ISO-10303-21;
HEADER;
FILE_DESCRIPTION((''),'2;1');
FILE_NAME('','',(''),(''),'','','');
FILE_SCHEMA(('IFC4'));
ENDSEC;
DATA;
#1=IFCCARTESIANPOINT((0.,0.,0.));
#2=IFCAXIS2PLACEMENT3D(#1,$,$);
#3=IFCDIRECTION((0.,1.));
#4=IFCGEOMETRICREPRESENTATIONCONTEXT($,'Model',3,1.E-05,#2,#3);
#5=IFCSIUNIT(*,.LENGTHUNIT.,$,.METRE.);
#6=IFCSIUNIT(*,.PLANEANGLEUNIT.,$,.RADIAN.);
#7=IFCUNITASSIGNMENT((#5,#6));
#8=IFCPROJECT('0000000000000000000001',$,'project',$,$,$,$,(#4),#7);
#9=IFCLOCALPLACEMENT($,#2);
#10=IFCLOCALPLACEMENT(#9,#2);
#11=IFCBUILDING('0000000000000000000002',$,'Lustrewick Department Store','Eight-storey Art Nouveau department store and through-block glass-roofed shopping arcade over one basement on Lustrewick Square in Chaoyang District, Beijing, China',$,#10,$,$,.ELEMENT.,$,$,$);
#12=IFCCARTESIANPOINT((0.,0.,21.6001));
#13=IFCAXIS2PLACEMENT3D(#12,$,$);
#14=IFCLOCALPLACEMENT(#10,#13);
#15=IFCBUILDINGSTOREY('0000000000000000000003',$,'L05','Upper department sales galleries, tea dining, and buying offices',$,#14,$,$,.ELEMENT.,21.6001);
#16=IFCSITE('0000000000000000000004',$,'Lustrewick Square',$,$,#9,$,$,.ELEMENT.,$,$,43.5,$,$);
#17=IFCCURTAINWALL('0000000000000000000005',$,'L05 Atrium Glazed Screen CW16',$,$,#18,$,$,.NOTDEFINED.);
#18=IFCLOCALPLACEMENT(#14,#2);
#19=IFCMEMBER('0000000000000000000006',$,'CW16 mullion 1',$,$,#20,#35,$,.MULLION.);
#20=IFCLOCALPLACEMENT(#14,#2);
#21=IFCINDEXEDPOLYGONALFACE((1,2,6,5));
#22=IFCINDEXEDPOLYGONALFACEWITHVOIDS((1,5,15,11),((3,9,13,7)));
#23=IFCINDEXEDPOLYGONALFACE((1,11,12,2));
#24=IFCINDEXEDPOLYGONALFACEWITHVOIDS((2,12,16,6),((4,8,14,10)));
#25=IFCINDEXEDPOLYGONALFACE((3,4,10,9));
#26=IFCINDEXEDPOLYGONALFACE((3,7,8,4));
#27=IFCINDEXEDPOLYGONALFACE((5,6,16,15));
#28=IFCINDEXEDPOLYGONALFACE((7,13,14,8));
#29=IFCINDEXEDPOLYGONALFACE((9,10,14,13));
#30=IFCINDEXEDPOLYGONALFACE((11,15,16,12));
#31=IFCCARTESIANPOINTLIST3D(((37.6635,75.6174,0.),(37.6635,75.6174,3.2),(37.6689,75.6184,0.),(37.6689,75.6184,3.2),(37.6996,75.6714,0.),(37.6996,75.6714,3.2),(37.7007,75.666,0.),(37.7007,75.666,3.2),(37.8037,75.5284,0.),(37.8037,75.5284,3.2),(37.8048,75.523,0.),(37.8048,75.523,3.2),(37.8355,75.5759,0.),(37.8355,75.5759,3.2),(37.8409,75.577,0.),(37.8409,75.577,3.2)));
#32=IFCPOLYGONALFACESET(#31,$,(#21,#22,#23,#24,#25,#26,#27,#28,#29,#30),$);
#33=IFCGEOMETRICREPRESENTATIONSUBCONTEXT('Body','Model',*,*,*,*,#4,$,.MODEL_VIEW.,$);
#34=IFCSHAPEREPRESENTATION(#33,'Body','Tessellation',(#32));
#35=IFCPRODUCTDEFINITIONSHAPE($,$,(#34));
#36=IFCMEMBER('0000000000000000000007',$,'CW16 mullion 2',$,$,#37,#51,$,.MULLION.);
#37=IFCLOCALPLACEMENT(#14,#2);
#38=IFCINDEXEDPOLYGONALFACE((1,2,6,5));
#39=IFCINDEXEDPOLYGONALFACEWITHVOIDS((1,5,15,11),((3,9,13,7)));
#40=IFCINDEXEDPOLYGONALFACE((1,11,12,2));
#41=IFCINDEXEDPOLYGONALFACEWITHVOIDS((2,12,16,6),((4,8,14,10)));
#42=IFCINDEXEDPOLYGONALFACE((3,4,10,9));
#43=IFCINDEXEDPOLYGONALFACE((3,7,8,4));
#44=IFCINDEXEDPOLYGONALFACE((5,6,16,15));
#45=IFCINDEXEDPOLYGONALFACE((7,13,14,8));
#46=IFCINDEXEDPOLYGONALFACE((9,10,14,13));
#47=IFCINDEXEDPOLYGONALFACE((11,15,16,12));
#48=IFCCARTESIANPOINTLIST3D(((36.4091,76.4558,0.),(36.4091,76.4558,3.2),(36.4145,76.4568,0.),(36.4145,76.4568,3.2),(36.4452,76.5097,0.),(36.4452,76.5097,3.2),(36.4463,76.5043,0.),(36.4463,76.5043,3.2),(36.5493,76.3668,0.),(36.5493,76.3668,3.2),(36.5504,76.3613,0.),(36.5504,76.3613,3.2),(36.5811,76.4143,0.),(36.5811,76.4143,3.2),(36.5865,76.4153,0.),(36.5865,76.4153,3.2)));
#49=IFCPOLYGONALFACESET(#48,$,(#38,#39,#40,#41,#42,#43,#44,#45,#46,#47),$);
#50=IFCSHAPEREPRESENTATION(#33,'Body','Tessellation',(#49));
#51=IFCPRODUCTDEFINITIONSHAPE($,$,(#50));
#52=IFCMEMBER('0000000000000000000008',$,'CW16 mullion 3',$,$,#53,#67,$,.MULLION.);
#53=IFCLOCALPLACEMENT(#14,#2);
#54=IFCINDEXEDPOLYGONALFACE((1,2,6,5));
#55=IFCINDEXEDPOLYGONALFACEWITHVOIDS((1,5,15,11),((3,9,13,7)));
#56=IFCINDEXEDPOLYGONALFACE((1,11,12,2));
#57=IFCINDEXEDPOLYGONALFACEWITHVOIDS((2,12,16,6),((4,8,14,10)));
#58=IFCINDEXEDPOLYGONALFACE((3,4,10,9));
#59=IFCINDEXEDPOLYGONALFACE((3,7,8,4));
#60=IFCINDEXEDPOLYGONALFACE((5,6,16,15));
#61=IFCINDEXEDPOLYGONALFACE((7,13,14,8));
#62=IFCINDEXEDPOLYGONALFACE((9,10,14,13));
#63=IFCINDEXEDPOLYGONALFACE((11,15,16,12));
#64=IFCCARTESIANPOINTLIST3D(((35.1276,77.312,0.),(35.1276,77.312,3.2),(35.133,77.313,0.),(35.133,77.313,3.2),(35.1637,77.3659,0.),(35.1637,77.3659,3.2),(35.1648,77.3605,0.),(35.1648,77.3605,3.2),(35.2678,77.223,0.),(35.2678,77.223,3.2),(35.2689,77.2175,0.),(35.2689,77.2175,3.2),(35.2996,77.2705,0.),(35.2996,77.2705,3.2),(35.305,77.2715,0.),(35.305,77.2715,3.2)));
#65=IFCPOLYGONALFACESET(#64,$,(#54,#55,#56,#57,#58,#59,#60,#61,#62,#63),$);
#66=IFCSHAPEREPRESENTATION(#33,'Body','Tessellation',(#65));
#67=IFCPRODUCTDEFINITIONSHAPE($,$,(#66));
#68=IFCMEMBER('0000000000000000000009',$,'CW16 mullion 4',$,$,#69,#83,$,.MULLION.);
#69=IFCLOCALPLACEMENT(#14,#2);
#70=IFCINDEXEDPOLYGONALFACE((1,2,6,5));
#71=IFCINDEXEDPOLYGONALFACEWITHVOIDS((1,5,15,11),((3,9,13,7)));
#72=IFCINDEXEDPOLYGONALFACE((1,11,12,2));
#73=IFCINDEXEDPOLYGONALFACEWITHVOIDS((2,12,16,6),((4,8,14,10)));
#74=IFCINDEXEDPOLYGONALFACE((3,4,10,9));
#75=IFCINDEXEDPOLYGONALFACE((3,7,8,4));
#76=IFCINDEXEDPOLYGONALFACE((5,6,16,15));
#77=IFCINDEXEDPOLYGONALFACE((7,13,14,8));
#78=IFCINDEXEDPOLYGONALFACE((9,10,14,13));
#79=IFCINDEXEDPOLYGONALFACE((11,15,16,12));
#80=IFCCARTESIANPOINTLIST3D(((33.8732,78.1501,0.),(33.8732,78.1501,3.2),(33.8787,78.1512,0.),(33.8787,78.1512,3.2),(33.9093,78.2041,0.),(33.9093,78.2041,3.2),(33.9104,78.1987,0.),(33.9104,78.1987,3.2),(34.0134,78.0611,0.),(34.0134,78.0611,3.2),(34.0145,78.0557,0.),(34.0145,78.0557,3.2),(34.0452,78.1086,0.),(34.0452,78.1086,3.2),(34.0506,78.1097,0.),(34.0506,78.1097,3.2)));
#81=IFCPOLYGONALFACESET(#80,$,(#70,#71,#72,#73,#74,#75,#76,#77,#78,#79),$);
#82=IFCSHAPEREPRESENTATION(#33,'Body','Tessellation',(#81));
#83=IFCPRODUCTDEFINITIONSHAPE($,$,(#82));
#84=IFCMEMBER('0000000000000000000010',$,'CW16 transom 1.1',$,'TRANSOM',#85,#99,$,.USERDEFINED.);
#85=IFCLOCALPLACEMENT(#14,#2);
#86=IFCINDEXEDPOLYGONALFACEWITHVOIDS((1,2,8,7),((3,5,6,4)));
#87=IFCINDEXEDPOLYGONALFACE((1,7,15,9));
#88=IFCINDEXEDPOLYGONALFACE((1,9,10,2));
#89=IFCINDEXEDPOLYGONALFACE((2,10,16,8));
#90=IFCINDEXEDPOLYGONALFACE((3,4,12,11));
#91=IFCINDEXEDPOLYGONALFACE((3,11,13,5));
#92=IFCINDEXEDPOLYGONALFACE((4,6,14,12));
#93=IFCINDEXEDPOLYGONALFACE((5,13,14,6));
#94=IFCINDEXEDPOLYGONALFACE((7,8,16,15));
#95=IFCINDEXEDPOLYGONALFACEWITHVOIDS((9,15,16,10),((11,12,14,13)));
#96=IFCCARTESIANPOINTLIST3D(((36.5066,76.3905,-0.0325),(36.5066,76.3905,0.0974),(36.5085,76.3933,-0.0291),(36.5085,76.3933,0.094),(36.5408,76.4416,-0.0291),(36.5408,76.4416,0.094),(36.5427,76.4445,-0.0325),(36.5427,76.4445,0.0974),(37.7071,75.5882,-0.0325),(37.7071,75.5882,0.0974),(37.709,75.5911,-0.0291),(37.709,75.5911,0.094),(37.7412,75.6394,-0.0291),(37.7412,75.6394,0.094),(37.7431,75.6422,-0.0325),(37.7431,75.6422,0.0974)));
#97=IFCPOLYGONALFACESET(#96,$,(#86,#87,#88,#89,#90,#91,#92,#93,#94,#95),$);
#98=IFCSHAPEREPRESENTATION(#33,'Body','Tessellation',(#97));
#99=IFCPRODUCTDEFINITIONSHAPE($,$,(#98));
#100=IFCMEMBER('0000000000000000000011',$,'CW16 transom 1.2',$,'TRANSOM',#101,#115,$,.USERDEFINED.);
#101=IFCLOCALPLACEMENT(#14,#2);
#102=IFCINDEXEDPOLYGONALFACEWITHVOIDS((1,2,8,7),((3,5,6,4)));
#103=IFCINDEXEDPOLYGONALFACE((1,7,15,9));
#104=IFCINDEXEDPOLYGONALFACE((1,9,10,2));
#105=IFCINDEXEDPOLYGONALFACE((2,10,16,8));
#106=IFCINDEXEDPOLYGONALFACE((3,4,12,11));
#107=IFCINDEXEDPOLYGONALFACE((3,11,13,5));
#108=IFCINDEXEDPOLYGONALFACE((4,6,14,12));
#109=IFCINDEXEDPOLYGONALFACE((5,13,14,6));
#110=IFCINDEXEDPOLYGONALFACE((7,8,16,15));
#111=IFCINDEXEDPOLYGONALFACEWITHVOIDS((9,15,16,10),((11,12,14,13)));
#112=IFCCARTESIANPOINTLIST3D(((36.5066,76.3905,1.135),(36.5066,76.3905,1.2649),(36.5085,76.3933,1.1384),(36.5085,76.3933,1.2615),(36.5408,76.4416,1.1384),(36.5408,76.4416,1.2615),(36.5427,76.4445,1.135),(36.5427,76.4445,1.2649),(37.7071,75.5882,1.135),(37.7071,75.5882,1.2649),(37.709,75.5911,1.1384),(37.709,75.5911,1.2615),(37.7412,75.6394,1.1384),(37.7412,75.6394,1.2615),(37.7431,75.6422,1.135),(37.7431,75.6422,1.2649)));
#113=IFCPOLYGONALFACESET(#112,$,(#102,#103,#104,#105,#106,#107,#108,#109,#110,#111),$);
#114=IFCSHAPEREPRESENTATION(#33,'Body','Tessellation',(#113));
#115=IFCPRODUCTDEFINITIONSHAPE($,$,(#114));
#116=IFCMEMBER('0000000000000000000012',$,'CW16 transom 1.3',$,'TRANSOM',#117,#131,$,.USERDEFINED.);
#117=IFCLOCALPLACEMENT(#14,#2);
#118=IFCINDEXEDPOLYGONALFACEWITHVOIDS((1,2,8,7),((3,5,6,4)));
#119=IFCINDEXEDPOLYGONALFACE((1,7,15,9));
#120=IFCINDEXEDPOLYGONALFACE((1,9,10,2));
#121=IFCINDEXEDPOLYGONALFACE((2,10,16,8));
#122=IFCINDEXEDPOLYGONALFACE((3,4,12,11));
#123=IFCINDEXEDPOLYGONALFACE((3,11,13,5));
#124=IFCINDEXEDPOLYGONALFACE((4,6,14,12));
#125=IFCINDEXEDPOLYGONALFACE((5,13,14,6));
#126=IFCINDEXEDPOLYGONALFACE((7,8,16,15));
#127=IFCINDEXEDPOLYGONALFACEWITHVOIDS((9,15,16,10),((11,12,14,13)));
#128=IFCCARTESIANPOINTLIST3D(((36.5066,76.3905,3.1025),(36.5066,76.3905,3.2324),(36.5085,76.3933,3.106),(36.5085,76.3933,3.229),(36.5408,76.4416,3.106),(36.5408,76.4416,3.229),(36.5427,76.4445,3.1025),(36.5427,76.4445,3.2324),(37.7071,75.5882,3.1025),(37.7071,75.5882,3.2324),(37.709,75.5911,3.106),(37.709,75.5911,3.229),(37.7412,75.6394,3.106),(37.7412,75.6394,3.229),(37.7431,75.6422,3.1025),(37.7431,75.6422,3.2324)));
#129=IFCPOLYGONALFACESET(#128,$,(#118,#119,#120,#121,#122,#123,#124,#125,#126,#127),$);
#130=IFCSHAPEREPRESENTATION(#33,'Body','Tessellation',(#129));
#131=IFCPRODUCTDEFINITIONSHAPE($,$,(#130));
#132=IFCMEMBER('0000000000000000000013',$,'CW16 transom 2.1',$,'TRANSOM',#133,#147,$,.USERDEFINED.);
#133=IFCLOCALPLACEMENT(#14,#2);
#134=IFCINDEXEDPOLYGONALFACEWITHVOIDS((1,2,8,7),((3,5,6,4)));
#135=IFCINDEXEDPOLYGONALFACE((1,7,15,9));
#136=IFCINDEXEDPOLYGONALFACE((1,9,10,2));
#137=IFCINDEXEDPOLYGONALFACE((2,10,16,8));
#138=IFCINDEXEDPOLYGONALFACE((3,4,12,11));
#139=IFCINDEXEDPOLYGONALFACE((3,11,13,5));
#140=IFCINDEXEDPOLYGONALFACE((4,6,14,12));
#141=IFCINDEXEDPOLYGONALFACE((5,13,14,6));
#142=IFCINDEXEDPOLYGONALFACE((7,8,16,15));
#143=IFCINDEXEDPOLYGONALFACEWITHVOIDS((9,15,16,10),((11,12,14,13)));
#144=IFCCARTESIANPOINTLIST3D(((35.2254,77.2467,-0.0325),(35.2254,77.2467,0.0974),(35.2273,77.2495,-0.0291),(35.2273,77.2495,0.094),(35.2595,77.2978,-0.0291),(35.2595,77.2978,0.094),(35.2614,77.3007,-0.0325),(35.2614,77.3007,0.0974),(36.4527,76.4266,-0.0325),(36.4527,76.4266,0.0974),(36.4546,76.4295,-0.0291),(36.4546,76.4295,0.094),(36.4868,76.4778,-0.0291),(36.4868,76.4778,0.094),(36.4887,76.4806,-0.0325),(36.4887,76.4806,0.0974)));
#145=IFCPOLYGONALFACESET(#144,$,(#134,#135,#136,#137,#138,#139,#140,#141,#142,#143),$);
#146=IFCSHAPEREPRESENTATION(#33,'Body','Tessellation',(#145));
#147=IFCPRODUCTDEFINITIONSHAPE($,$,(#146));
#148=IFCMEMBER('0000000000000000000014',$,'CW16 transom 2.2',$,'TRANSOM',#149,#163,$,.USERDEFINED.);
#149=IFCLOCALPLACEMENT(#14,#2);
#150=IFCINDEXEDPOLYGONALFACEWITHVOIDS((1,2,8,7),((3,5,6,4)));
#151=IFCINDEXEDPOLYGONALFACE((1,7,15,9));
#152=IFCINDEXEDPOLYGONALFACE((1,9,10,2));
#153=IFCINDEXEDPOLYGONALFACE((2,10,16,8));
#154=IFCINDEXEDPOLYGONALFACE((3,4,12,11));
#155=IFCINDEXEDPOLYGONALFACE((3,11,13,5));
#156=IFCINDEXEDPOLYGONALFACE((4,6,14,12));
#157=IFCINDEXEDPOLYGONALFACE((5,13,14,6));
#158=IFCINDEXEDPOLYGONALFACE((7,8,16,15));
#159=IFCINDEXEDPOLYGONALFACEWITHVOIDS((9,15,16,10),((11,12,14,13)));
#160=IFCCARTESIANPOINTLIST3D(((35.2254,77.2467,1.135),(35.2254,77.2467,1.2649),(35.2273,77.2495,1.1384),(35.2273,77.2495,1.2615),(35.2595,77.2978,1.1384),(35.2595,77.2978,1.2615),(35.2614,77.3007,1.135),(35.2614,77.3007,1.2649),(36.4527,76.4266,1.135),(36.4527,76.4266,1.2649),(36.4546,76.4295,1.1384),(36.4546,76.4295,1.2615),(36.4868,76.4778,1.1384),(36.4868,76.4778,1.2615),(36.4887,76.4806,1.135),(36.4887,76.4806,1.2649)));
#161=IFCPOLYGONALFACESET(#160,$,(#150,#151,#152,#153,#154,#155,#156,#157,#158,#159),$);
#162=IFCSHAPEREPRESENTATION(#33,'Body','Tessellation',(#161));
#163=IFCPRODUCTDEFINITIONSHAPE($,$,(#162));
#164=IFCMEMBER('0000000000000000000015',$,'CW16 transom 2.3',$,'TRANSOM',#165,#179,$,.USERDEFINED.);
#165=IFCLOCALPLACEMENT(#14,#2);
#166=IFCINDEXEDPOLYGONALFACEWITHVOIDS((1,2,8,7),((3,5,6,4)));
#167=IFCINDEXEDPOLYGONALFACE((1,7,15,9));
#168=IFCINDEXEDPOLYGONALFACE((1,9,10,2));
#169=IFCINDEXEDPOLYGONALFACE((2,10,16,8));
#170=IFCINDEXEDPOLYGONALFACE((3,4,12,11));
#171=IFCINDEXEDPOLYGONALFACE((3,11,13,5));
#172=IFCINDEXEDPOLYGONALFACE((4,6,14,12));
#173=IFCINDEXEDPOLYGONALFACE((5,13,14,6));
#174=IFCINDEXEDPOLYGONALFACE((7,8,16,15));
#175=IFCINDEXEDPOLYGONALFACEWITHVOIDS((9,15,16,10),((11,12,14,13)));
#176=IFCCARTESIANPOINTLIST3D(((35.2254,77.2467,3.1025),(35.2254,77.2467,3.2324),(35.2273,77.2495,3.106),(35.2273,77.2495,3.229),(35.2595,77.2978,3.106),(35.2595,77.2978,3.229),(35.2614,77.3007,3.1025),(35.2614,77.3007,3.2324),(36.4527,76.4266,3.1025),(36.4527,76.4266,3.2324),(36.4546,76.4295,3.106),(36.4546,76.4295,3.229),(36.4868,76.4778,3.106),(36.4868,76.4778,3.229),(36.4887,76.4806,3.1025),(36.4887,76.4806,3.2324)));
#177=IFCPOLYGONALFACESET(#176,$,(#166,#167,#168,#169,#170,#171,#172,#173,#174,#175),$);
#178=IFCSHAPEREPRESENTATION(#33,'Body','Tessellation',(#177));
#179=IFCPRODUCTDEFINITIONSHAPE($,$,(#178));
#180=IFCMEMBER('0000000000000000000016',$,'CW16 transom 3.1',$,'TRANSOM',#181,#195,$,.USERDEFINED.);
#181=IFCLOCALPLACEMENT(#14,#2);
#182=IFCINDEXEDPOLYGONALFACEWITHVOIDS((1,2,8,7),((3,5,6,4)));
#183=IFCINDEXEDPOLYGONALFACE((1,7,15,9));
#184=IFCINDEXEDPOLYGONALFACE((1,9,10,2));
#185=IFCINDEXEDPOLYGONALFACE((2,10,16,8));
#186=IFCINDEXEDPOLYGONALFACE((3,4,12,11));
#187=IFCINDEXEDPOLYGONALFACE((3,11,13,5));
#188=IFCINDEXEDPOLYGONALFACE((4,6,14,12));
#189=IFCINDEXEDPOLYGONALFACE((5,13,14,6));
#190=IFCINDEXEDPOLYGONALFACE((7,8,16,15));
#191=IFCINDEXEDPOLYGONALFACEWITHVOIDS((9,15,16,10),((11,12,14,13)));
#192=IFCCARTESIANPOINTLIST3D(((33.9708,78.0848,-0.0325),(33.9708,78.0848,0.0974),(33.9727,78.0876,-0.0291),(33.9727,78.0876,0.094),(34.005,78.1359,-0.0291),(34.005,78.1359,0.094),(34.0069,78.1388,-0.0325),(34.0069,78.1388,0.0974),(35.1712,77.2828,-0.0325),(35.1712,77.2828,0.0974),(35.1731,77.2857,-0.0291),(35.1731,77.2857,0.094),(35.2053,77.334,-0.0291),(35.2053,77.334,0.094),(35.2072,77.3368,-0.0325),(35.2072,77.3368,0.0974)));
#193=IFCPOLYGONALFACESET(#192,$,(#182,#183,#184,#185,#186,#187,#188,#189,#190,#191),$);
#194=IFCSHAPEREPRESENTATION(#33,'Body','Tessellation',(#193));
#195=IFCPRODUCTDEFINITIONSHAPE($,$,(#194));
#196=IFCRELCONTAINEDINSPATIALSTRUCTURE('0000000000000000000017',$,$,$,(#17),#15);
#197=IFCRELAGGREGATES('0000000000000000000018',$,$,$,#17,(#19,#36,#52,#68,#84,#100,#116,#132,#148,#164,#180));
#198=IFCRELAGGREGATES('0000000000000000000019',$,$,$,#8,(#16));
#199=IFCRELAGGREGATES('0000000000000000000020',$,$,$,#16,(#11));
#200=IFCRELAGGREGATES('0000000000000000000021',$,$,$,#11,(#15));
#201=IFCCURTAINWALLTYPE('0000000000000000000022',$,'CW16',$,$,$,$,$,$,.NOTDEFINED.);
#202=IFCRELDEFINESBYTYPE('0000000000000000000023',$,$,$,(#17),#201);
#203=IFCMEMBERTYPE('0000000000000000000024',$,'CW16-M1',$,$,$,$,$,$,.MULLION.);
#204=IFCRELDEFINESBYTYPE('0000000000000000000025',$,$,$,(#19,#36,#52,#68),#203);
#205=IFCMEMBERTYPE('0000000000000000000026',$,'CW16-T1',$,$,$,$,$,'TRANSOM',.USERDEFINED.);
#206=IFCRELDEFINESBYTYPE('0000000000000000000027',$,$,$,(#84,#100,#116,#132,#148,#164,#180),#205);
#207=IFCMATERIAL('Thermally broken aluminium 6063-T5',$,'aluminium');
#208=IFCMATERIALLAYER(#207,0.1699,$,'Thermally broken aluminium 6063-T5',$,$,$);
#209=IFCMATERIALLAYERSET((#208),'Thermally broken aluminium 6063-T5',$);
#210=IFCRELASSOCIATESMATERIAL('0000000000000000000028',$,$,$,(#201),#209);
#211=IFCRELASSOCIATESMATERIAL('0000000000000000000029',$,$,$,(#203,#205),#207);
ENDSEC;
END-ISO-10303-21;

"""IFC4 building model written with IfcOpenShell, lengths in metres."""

from ifc_helpers import new_model, si_unit, direction, frame, origin, origin_2d, place, context, subcontext, project, spatial, hollow_rectangle, extrude, material, layer, layer_set, material_profile, profile_set, type_object, element, aggregate, save


model = new_model("IFC4")

# Units and contexts
model_context = context("Model", 3, precision=1e-05, world=origin(), true_north=direction((0.0, 1.0)))
body_context = subcontext(model_context, "Body", "Model", "MODEL_VIEW")
ifc_project = project(units=[si_unit("LENGTHUNIT", "METRE"), si_unit("PLANEANGLEUNIT", "RADIAN")], contexts=[model_context])

# Site, building, storey
site_placement = place(None, origin())
site = spatial("IfcSite", under=ifc_project, at=site_placement, Name="Lustrewick Square", CompositionType="ELEMENT", RefElevation=43.5)
building_placement = place(site_placement, origin())
building = spatial("IfcBuilding", under=site, at=building_placement, Name="Lustrewick Department Store", Description="Eight-storey Art Nouveau department store and through-block glass-roofed shopping arcade over one basement on Lustrewick Square in Chaoyang District, Beijing, China", CompositionType="ELEMENT")
storey_placement = place(building_placement, frame((0.0, 0.0, 21.6001)))
storey = spatial("IfcBuildingStorey", under=building, at=storey_placement, Name="L05", Description="Upper department sales galleries, tea dining, and buying offices", CompositionType="ELEMENT", Elevation=21.6001)

# Curtain wall, members
ifc_material_1 = material(Name="Thermally broken aluminium 6063-T5", Category="aluminium")
ifc_layer_1 = layer(ifc_material_1, 0.1699, Name="Thermally broken aluminium 6063-T5")
ifc_layer_set_1 = layer_set([ifc_layer_1], Name="Thermally broken aluminium 6063-T5")
curtain_wall_type_1 = type_object("IfcCurtainWallType", Name="CW16", PredefinedType="NOTDEFINED", material=ifc_layer_set_1)
curtain_wall_1_placement = place(storey_placement, origin())
curtain_wall_1 = element("IfcCurtainWall", 1, at=curtain_wall_1_placement, inside=storey, type_object=curtain_wall_type_1, Name="L05 Atrium Glazed Screen CW16", PredefinedType="NOTDEFINED")
ifc_material_profile_1 = material_profile(ifc_material_1, hollow_rectangle(XDim=0.0649, YDim=0.1699, WallThickness=0.0039, at=origin_2d()), Name="ALU-M 65x170x4")
ifc_profile_set_1 = profile_set([ifc_material_profile_1], Name="Thermally broken aluminium 6063-T5")
member_type_1 = type_object("IfcMemberType", Name="CW16-M1", PredefinedType="MULLION", material=ifc_profile_set_1)
member_1_placement = place(storey_placement, frame((37.7522, 75.5972, 0.0), z_axis=(0.0, 0.0, 1.0), x_axis=(-0.555578, -0.831464, 0.0)))
member_1 = element("IfcMember", 2, at=member_1_placement, type_object=member_type_1, Name="CW16 mullion 1", PredefinedType="MULLION", context=body_context, shape_type="SweptSolid", body=[
    extrude(hollow_rectangle(XDim=0.0649, YDim=0.1699, WallThickness=0.0039, at=origin_2d()), origin(), (0.0, 0.0, 1.0), 3.2),
])
member_2_placement = place(storey_placement, frame((36.4978, 76.4355, 0.0), z_axis=(0.0, 0.0, 1.0), x_axis=(-0.555578, -0.831464, 0.0)))
member_2 = element("IfcMember", 3, at=member_2_placement, type_object=member_type_1, Name="CW16 mullion 2", PredefinedType="MULLION", context=body_context, shape_type="SweptSolid", body=[
    extrude(hollow_rectangle(XDim=0.0649, YDim=0.1699, WallThickness=0.0039, at=origin_2d()), origin(), (0.0, 0.0, 1.0), 3.2),
])
member_3_placement = place(storey_placement, frame((35.2163, 77.2917, 0.0), z_axis=(0.0, 0.0, 1.0), x_axis=(-0.555578, -0.831464, 0.0)))
member_3 = element("IfcMember", 4, at=member_3_placement, type_object=member_type_1, Name="CW16 mullion 3", PredefinedType="MULLION", context=body_context, shape_type="SweptSolid", body=[
    extrude(hollow_rectangle(XDim=0.0649, YDim=0.1699, WallThickness=0.0039, at=origin_2d()), origin(), (0.0, 0.0, 1.0), 3.2),
])
member_4_placement = place(storey_placement, frame((33.9619, 78.1299, 0.0), z_axis=(0.0, 0.0, 1.0), x_axis=(-0.555578, -0.831464, 0.0)))
member_4 = element("IfcMember", 5, at=member_4_placement, type_object=member_type_1, Name="CW16 mullion 4", PredefinedType="MULLION", context=body_context, shape_type="SweptSolid", body=[
    extrude(hollow_rectangle(XDim=0.0649, YDim=0.1699, WallThickness=0.0039, at=origin_2d()), origin(), (0.0, 0.0, 1.0), 3.2),
])
ifc_material_profile_2 = material_profile(ifc_material_1, hollow_rectangle(XDim=0.0649, YDim=0.1299, WallThickness=0.0034, at=origin_2d()), Name="ALU-T 65x130x3.5")
ifc_profile_set_2 = profile_set([ifc_material_profile_2], Name="Thermally broken aluminium 6063-T5")
member_type_2 = type_object("IfcMemberType", Name="CW16-T1", ElementType="TRANSOM", PredefinedType="USERDEFINED", material=ifc_profile_set_2)
member_5_placement = place(storey_placement, frame((37.7251, 75.6152, 0.0325), z_axis=(-0.831425, 0.555636, 0.0), x_axis=(-0.555636, -0.831425, 0.0)))
member_5 = element("IfcMember", 6, at=member_5_placement, type_object=member_type_2, Name="CW16 transom 1.1", ObjectType="TRANSOM", PredefinedType="USERDEFINED", context=body_context, shape_type="SweptSolid", body=[
    extrude(hollow_rectangle(XDim=0.0649, YDim=0.1299, WallThickness=0.0034, at=origin_2d()), origin(), (0.0, 0.0, 1.0), 1.4438),
])
member_6_placement = place(storey_placement, frame((37.7251, 75.6152, 1.2), z_axis=(-0.831425, 0.555636, 0.0), x_axis=(-0.555636, -0.831425, 0.0)))
member_6 = element("IfcMember", 7, at=member_6_placement, type_object=member_type_2, Name="CW16 transom 1.2", ObjectType="TRANSOM", PredefinedType="USERDEFINED", context=body_context, shape_type="SweptSolid", body=[
    extrude(hollow_rectangle(XDim=0.0649, YDim=0.1299, WallThickness=0.0034, at=origin_2d()), origin(), (0.0, 0.0, 1.0), 1.4438),
])
member_7_placement = place(storey_placement, frame((37.7251, 75.6152, 3.1675), z_axis=(-0.831425, 0.555636, 0.0), x_axis=(-0.555636, -0.831425, 0.0)))
member_7 = element("IfcMember", 8, at=member_7_placement, type_object=member_type_2, Name="CW16 transom 1.3", ObjectType="TRANSOM", PredefinedType="USERDEFINED", context=body_context, shape_type="SweptSolid", body=[
    extrude(hollow_rectangle(XDim=0.0649, YDim=0.1299, WallThickness=0.0034, at=origin_2d()), origin(), (0.0, 0.0, 1.0), 1.4438),
])
member_8_placement = place(storey_placement, frame((36.4707, 76.4536, 0.0325), z_axis=(-0.831465, 0.555578, 0.0), x_axis=(-0.555578, -0.831465, 0.0)))
member_8 = element("IfcMember", 9, at=member_8_placement, type_object=member_type_2, Name="CW16 transom 2.1", ObjectType="TRANSOM", PredefinedType="USERDEFINED", context=body_context, shape_type="SweptSolid", body=[
    extrude(hollow_rectangle(XDim=0.0649, YDim=0.1299, WallThickness=0.0034, at=origin_2d()), origin(), (0.0, 0.0, 1.0), 1.4761),
])
member_9_placement = place(storey_placement, frame((36.4707, 76.4536, 1.2), z_axis=(-0.831465, 0.555578, 0.0), x_axis=(-0.555578, -0.831465, 0.0)))
member_9 = element("IfcMember", 10, at=member_9_placement, type_object=member_type_2, Name="CW16 transom 2.2", ObjectType="TRANSOM", PredefinedType="USERDEFINED", context=body_context, shape_type="SweptSolid", body=[
    extrude(hollow_rectangle(XDim=0.0649, YDim=0.1299, WallThickness=0.0034, at=origin_2d()), origin(), (0.0, 0.0, 1.0), 1.4761),
])
member_10_placement = place(storey_placement, frame((36.4707, 76.4536, 3.1675), z_axis=(-0.831465, 0.555578, 0.0), x_axis=(-0.555578, -0.831465, 0.0)))
member_10 = element("IfcMember", 11, at=member_10_placement, type_object=member_type_2, Name="CW16 transom 2.3", ObjectType="TRANSOM", PredefinedType="USERDEFINED", context=body_context, shape_type="SweptSolid", body=[
    extrude(hollow_rectangle(XDim=0.0649, YDim=0.1299, WallThickness=0.0034, at=origin_2d()), origin(), (0.0, 0.0, 1.0), 1.4761),
])
member_11_placement = place(storey_placement, frame((35.1892, 77.3098, 0.0325), z_axis=(-0.831504, 0.555519, 0.0), x_axis=(-0.555519, -0.831504, 0.0)))
member_11 = element("IfcMember", 12, at=member_11_placement, type_object=member_type_2, Name="CW16 transom 3.1", ObjectType="TRANSOM", PredefinedType="USERDEFINED", context=body_context, shape_type="SweptSolid", body=[
    extrude(hollow_rectangle(XDim=0.0649, YDim=0.1299, WallThickness=0.0034, at=origin_2d()), origin(), (0.0, 0.0, 1.0), 1.4436),
])

aggregate(curtain_wall_1, [member_1, member_2, member_3, member_4, member_5, member_6, member_7, member_8, member_9, member_10, member_11])

save(model, "model.ifc")
